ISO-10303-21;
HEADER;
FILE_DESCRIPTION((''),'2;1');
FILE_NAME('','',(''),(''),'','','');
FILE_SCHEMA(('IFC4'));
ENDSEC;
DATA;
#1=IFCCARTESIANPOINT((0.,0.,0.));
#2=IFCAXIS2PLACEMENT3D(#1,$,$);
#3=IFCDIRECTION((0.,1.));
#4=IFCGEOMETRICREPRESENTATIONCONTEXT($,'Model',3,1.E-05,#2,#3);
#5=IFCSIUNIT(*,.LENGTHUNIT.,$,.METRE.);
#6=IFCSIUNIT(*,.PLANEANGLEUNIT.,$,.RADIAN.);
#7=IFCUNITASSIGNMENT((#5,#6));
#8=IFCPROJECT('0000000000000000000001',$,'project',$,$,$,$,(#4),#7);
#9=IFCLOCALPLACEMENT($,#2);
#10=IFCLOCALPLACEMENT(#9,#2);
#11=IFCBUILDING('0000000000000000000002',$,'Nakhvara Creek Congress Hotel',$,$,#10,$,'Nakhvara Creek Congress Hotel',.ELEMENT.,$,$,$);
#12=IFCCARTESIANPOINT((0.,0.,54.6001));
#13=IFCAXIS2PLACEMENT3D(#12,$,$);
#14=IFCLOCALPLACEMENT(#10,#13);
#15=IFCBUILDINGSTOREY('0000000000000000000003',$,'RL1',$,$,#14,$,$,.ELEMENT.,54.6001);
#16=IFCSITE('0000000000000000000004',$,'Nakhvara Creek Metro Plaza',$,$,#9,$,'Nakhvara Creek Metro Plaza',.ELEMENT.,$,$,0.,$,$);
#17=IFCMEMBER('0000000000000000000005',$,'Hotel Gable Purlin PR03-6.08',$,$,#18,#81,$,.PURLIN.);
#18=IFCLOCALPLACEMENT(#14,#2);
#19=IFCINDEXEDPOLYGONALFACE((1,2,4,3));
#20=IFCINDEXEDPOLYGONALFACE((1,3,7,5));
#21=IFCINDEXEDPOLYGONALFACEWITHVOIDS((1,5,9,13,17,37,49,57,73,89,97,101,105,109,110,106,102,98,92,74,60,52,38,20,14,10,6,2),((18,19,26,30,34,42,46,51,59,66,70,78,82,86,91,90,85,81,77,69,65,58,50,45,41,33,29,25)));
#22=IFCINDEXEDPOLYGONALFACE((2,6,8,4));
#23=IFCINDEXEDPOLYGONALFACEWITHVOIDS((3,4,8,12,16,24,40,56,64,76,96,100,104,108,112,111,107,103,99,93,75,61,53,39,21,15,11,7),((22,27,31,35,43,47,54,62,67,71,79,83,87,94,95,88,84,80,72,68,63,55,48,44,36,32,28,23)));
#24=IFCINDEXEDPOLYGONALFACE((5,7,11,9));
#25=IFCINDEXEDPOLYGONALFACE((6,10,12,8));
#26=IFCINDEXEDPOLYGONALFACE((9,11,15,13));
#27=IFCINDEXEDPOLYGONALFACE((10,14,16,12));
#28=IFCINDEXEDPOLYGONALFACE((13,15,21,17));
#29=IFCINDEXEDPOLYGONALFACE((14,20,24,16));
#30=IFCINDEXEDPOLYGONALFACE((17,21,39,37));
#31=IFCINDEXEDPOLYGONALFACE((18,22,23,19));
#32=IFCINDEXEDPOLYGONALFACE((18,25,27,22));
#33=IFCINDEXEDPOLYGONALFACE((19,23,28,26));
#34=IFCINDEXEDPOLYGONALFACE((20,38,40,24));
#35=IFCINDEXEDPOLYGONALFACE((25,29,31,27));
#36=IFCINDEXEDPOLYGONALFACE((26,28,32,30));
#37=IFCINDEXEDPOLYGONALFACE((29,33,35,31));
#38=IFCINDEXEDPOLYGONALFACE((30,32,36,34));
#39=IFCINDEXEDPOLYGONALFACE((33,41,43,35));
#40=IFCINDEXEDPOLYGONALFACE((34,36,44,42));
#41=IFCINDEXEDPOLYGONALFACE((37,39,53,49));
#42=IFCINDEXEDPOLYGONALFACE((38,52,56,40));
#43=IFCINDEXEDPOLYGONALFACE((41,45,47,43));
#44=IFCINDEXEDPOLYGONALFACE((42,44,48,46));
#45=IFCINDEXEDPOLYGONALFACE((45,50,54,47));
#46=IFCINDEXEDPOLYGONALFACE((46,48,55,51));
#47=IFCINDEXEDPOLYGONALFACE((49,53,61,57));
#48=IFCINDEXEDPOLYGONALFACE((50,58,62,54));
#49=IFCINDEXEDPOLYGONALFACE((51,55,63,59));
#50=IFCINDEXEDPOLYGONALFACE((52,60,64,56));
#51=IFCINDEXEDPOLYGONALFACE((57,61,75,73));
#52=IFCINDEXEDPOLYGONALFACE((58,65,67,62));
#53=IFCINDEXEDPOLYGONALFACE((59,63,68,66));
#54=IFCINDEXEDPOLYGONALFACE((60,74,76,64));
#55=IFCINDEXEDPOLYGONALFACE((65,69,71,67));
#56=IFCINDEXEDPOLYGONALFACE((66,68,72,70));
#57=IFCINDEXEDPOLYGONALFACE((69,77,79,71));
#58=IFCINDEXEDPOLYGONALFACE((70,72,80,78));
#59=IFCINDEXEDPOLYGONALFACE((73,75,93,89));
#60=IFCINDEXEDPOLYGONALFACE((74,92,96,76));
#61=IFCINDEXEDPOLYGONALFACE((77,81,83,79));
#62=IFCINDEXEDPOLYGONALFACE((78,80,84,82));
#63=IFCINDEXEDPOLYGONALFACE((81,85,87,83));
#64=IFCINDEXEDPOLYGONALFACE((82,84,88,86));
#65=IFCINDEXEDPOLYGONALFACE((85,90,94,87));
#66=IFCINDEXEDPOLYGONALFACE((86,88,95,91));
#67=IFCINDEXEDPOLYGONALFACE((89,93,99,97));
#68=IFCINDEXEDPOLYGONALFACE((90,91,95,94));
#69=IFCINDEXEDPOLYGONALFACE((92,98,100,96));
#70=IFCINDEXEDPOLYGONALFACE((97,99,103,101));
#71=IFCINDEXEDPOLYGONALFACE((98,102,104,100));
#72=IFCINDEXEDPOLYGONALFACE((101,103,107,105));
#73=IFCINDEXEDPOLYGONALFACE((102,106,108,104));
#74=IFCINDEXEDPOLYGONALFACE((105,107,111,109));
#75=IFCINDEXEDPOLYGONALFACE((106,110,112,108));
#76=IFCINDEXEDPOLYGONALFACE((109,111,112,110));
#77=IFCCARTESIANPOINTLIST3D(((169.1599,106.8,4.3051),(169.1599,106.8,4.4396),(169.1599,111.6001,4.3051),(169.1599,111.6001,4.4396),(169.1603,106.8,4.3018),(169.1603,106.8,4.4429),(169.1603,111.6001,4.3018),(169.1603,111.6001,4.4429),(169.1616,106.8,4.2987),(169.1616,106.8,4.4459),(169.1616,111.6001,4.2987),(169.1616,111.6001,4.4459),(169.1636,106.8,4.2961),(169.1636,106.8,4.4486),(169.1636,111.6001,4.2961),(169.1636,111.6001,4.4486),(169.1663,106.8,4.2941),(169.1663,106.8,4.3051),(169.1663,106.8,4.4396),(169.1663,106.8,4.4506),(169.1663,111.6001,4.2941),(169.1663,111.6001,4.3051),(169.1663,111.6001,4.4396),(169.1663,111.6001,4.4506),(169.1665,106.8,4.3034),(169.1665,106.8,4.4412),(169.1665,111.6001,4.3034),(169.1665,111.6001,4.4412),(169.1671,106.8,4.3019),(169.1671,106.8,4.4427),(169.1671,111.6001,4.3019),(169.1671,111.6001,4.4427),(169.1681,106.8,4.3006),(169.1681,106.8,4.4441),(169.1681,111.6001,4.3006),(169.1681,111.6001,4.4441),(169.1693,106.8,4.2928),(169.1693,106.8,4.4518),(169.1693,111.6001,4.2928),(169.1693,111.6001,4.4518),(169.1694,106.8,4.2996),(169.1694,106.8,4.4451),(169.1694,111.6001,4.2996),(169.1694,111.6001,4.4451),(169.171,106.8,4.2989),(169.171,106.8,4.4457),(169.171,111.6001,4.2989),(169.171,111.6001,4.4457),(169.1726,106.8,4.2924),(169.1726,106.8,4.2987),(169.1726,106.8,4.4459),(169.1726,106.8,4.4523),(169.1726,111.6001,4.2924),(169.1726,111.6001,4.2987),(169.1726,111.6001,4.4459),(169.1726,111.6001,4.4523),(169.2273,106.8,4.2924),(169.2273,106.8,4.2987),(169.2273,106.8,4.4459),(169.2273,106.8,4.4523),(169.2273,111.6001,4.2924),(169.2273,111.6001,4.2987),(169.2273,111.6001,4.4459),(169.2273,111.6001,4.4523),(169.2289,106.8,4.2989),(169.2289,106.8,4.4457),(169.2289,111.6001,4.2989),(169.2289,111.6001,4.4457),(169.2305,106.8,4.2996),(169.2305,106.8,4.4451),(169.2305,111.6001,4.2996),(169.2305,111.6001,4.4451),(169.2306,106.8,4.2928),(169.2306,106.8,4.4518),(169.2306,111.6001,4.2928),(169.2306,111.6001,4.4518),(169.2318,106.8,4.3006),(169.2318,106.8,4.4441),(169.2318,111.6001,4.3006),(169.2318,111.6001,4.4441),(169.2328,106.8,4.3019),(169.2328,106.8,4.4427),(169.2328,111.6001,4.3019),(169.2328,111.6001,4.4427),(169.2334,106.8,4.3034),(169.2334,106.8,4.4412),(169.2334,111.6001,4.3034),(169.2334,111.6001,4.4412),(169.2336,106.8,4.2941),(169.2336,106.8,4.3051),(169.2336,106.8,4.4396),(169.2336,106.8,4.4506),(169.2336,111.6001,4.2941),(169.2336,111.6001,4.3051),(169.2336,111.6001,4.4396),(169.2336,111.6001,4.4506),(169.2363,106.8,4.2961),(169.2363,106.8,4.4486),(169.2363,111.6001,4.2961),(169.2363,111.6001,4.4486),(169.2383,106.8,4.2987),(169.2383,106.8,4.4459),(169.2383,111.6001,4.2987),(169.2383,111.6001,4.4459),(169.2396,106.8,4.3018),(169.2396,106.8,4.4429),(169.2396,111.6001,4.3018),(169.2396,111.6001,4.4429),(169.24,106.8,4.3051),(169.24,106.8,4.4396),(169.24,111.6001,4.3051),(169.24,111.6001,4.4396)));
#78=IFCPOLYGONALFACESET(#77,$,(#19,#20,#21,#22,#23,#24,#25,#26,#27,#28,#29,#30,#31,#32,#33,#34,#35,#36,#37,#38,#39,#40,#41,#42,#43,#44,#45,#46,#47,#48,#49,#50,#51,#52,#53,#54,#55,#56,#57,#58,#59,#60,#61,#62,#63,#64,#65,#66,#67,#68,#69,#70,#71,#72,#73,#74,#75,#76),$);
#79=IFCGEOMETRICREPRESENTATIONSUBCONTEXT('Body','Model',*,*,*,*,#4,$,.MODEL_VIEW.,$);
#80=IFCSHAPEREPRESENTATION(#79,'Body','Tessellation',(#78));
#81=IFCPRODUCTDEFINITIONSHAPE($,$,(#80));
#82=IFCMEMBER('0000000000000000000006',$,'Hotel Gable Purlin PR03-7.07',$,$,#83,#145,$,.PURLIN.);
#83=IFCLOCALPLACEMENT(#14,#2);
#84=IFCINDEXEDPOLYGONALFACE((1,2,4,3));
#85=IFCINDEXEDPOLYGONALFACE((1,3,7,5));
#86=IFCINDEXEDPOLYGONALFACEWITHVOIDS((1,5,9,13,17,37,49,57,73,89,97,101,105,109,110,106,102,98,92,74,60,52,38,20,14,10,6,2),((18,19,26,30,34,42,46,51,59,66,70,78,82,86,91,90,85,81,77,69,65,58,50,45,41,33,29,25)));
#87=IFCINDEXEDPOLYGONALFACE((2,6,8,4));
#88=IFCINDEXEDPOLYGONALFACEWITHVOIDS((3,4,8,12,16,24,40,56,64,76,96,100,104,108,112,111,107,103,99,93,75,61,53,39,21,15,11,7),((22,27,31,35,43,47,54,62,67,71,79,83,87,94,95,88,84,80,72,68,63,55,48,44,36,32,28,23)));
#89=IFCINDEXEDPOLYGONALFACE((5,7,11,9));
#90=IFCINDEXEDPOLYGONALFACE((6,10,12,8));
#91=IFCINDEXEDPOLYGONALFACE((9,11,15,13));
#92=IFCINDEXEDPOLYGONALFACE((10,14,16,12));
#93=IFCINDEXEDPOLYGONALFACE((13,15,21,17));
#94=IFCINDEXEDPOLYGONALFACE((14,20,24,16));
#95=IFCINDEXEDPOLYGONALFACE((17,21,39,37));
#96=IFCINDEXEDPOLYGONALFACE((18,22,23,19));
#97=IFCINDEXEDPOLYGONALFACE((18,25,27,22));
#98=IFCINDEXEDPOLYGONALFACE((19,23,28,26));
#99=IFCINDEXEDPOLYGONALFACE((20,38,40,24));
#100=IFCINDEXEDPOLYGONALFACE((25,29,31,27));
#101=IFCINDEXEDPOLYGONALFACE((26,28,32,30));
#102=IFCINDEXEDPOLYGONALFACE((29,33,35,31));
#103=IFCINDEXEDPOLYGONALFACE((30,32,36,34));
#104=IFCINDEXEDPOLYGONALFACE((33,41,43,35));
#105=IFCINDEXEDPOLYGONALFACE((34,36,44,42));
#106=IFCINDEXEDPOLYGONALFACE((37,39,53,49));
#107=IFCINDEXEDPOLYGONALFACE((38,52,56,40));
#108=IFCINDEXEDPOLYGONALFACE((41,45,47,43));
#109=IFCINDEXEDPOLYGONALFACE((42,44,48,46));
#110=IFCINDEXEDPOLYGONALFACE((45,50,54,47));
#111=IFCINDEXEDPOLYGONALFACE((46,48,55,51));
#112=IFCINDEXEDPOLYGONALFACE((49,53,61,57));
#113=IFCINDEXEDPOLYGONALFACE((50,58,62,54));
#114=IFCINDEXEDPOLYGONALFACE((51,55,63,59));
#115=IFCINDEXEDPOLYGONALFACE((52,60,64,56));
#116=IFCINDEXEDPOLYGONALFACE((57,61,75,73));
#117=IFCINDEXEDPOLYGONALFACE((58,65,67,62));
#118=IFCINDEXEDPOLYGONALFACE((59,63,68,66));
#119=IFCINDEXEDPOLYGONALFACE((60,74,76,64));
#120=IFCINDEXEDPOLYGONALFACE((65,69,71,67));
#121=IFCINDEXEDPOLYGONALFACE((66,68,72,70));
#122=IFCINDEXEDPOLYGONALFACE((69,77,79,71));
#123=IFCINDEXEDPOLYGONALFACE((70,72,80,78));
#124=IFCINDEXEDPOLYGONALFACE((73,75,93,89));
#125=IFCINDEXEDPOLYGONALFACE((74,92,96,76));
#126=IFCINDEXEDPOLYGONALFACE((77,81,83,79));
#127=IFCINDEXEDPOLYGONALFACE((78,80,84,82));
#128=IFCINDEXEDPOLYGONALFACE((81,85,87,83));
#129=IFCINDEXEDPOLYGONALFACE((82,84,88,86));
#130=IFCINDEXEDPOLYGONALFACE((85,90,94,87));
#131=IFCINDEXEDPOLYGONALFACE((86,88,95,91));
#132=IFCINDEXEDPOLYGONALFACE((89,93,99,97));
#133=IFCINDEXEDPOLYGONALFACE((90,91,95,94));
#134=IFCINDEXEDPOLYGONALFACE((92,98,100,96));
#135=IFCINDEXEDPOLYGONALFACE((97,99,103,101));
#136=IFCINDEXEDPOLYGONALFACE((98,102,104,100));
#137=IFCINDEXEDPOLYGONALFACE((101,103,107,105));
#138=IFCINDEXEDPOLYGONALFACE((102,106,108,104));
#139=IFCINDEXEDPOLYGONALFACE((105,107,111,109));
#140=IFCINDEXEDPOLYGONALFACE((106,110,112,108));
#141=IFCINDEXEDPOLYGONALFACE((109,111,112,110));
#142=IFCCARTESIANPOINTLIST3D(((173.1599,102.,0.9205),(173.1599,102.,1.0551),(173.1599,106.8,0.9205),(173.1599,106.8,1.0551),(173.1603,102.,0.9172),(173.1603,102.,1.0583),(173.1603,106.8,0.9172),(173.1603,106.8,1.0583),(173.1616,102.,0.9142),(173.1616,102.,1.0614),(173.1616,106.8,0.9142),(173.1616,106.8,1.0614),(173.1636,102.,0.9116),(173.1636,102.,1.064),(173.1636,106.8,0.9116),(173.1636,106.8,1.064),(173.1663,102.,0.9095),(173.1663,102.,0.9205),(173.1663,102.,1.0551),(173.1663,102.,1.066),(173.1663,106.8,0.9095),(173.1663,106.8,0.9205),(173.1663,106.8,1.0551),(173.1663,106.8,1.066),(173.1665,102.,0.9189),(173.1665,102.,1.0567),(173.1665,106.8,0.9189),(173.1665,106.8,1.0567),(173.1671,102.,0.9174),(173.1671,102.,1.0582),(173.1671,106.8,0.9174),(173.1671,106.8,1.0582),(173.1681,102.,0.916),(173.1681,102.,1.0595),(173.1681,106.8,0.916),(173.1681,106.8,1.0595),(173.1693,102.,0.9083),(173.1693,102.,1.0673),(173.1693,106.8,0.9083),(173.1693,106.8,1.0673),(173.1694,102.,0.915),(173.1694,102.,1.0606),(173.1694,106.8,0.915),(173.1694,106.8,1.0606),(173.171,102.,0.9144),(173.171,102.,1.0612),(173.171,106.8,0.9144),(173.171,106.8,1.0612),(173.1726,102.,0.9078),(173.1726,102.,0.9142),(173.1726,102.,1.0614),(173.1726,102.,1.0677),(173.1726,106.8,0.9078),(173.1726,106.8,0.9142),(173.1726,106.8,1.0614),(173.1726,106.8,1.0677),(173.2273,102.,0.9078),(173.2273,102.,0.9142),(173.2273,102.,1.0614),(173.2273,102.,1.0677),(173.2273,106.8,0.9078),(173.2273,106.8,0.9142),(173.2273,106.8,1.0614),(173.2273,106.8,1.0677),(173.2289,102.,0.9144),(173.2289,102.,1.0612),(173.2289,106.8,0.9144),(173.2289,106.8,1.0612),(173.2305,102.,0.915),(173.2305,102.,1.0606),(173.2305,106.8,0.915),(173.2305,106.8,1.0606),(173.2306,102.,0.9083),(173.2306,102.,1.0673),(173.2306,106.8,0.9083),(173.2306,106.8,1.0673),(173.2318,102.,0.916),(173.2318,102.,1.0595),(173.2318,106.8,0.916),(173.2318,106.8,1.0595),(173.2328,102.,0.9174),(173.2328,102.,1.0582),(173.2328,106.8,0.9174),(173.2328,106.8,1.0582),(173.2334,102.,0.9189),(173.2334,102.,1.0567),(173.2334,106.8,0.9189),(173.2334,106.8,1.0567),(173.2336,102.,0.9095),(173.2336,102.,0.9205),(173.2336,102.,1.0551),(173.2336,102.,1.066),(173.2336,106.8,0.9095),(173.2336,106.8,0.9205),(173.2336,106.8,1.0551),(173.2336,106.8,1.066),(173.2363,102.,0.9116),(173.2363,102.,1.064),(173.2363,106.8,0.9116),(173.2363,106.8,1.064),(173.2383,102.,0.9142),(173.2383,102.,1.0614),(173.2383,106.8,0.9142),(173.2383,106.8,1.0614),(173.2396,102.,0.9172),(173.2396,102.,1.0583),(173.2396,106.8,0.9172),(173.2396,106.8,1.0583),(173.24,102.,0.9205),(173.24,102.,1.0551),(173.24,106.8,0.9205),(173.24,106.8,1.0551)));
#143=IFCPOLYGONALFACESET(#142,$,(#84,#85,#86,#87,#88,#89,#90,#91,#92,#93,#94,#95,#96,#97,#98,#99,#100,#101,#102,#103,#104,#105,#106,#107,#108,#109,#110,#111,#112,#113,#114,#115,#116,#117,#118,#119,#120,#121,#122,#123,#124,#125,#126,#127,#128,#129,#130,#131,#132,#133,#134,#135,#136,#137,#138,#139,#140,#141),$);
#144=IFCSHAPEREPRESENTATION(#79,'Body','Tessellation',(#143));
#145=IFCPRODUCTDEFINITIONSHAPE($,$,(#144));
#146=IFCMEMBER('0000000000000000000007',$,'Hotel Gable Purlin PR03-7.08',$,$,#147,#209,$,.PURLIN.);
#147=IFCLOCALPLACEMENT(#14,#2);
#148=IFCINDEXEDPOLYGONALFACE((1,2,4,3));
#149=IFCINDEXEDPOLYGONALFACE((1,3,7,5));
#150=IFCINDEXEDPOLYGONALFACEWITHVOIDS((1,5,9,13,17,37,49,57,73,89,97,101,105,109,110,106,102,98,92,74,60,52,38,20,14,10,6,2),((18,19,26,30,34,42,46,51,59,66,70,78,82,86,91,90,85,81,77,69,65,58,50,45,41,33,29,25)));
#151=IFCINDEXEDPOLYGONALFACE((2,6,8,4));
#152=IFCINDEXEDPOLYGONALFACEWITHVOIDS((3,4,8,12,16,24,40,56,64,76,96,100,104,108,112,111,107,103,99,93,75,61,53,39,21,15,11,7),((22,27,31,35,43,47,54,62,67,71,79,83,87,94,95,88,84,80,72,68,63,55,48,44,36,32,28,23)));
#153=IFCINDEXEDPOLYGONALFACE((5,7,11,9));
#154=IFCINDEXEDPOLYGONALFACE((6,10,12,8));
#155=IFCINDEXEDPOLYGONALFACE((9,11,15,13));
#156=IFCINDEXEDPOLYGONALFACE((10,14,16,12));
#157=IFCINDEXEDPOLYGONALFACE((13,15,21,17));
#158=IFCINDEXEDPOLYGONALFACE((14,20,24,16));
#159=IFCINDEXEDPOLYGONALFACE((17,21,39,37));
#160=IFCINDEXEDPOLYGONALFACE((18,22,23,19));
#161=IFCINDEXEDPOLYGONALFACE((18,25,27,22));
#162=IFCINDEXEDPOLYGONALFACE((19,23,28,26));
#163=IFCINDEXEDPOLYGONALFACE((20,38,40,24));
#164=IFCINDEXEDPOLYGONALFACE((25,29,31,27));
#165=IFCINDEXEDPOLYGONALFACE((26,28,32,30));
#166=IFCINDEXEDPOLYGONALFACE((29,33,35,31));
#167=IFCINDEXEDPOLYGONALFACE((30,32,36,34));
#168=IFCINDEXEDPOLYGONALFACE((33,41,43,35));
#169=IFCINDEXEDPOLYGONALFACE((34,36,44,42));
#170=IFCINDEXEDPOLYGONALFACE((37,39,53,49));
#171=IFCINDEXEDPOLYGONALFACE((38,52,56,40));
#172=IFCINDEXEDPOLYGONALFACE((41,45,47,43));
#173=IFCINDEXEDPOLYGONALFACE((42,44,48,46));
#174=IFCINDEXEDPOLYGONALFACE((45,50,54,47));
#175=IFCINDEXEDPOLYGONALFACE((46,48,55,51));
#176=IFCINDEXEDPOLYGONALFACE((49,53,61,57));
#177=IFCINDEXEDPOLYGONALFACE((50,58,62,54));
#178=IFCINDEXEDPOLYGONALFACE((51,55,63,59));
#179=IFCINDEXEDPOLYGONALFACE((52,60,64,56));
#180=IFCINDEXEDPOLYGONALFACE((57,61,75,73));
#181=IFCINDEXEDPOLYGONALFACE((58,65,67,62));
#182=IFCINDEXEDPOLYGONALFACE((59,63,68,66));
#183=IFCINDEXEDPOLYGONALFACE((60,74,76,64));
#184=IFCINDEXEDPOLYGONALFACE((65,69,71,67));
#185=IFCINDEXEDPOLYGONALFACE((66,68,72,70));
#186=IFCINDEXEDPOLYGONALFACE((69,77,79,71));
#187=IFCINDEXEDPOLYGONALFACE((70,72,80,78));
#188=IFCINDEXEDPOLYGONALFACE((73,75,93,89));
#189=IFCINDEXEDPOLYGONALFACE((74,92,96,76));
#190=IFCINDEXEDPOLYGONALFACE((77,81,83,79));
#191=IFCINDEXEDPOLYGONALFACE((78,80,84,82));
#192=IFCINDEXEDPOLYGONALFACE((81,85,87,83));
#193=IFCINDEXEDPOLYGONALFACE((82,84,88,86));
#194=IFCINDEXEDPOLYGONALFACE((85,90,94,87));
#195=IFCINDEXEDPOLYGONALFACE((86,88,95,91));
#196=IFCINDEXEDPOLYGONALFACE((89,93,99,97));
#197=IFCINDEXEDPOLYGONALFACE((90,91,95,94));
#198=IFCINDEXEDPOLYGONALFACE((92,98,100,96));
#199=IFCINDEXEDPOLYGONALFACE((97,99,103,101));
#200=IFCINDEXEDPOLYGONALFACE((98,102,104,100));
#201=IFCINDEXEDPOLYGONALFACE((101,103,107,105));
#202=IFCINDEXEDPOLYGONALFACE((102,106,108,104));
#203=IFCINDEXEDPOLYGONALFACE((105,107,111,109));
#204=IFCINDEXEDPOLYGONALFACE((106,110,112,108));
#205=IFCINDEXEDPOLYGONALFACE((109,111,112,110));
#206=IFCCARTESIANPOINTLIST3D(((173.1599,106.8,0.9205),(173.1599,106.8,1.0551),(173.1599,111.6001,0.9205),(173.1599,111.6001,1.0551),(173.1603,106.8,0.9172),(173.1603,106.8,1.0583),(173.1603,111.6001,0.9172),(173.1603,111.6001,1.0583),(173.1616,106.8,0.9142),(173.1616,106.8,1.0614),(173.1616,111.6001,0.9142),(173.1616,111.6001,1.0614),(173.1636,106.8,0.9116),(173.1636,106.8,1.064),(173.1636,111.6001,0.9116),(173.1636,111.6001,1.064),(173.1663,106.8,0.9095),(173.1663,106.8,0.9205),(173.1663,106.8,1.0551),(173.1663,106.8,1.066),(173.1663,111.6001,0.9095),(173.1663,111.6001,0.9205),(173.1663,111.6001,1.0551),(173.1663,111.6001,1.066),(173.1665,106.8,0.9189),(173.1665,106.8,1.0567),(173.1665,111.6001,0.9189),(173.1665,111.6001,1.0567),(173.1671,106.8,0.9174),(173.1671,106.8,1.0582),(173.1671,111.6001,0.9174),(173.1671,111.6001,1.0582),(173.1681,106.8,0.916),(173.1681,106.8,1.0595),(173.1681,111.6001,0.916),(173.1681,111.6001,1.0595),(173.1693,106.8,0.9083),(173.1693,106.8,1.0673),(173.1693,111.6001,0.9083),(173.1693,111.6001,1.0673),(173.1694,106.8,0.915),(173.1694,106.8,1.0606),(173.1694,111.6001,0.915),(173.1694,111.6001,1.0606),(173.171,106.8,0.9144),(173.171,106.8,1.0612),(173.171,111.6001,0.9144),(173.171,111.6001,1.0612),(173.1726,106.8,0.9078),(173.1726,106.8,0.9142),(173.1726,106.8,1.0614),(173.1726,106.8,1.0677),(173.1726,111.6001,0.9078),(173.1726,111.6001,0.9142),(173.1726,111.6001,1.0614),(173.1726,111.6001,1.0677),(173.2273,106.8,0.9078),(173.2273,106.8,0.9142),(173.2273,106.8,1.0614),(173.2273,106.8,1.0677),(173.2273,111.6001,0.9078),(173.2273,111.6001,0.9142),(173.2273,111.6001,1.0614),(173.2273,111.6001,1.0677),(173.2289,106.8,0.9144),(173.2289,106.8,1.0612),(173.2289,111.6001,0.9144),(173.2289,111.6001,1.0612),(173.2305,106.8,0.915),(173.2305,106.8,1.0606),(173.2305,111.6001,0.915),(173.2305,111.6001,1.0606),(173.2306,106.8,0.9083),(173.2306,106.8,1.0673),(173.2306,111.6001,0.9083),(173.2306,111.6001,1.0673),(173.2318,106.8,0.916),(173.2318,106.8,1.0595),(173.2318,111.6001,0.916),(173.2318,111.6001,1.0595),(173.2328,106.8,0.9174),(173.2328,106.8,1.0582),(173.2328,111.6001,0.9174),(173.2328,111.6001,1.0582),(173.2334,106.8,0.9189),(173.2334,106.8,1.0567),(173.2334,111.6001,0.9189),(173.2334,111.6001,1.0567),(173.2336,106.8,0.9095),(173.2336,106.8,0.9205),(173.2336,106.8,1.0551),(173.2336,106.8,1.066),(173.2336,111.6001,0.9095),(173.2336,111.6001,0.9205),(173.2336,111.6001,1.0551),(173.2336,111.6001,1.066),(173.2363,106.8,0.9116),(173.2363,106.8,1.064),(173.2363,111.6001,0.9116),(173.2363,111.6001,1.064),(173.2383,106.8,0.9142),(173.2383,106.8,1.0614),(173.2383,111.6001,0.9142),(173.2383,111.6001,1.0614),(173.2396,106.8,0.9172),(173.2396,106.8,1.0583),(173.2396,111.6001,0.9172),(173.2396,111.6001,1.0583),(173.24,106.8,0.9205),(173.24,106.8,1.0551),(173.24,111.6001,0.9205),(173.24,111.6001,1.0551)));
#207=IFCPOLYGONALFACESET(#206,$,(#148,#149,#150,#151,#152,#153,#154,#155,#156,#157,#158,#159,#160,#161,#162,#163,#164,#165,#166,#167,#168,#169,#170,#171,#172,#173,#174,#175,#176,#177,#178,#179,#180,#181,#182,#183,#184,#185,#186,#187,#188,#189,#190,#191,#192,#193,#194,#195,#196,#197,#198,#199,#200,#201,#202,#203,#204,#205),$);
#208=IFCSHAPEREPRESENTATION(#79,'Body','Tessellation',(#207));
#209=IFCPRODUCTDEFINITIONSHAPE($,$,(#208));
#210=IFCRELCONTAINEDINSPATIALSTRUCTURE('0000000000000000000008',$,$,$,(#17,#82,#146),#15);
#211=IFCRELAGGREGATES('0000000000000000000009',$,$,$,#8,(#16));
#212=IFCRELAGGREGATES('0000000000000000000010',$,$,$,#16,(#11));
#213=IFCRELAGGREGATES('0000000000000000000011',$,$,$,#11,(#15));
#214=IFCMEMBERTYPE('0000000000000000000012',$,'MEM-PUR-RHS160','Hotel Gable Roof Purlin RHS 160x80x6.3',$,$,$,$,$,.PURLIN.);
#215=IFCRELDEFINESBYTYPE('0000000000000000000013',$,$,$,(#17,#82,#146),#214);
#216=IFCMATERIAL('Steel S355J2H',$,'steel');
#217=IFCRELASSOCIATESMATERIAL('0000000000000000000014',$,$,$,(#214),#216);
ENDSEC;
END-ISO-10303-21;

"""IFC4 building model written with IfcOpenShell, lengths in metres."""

from ifc_helpers import new_model, si_unit, direction, frame, origin, origin_2d, place, context, subcontext, project, spatial, hollow_rectangle, extrude, material, material_profile, profile_set, type_object, element, save


model = new_model("IFC4")

# Units and contexts
model_context = context("Model", 3, precision=1e-05, world=origin(), true_north=direction((0.0, 1.0)))
body_context = subcontext(model_context, "Body", "Model", "MODEL_VIEW")
ifc_project = project(units=[si_unit("LENGTHUNIT", "METRE"), si_unit("PLANEANGLEUNIT", "RADIAN")], contexts=[model_context])

# Site, building, storey
site_placement = place(None, origin())
site = spatial("IfcSite", under=ifc_project, at=site_placement, Name="Nakhvara Creek Metro Plaza", LongName="Nakhvara Creek Metro Plaza", CompositionType="ELEMENT", RefElevation=0.0)
building_placement = place(site_placement, origin())
building = spatial("IfcBuilding", under=site, at=building_placement, Name="Nakhvara Creek Congress Hotel", LongName="Nakhvara Creek Congress Hotel", CompositionType="ELEMENT")
storey_placement = place(building_placement, frame((0.0, 0.0, 54.6001)))
storey = spatial("IfcBuildingStorey", under=building, at=storey_placement, Name="RL1", CompositionType="ELEMENT", Elevation=54.6001)

# Members
ifc_material_1 = material(Name="Steel S355J2H", Category="steel")
ifc_material_profile_1 = material_profile(ifc_material_1, hollow_rectangle(XDim=0.0801, YDim=0.1599, WallThickness=0.0063, InnerFilletRadius=0.0063, OuterFilletRadius=0.0127, at=origin_2d()), Name="RHS 160x80x6.3", Category="LoadBearing")
ifc_profile_set_1 = profile_set([ifc_material_profile_1], Name="Steel S355J2H")
member_type_1 = type_object("IfcMemberType", Name="MEM-PUR-RHS160", Description="Hotel Gable Roof Purlin RHS 160x80x6.3", PredefinedType="PURLIN", material=ifc_profile_set_1)
for number, where, z_axis, x_axis, name in (
    (1, (169.2, 106.8, 4.3723), (0.0, 1.0, 0.0), (-1.0, 0.0, 0.0), "Hotel Gable Purlin PR03-6.08"),
    (2, (173.2, 102.0, 0.9878), (0.0, 1.0, 0.0), (-1.0, 0.0, 0.0), "Hotel Gable Purlin PR03-7.07"),
    (3, (173.2, 106.8, 0.9878), (0.0, 1.0, 0.0), (-1.0, 0.0, 0.0), "Hotel Gable Purlin PR03-7.08"),
):
    element("IfcMember", number, at=place(storey_placement, frame(where, z_axis=z_axis, x_axis=x_axis)), inside=storey, type_object=member_type_1, Name=name, PredefinedType="PURLIN", context=body_context, shape_type="SweptSolid", body=[
        extrude(hollow_rectangle(XDim=0.0801, YDim=0.1599, WallThickness=0.0063, InnerFilletRadius=0.0063, OuterFilletRadius=0.0127, at=origin_2d()), origin(), (0.0, 0.0, 1.0), 4.8),
    ])

save(model, "model.ifc")
